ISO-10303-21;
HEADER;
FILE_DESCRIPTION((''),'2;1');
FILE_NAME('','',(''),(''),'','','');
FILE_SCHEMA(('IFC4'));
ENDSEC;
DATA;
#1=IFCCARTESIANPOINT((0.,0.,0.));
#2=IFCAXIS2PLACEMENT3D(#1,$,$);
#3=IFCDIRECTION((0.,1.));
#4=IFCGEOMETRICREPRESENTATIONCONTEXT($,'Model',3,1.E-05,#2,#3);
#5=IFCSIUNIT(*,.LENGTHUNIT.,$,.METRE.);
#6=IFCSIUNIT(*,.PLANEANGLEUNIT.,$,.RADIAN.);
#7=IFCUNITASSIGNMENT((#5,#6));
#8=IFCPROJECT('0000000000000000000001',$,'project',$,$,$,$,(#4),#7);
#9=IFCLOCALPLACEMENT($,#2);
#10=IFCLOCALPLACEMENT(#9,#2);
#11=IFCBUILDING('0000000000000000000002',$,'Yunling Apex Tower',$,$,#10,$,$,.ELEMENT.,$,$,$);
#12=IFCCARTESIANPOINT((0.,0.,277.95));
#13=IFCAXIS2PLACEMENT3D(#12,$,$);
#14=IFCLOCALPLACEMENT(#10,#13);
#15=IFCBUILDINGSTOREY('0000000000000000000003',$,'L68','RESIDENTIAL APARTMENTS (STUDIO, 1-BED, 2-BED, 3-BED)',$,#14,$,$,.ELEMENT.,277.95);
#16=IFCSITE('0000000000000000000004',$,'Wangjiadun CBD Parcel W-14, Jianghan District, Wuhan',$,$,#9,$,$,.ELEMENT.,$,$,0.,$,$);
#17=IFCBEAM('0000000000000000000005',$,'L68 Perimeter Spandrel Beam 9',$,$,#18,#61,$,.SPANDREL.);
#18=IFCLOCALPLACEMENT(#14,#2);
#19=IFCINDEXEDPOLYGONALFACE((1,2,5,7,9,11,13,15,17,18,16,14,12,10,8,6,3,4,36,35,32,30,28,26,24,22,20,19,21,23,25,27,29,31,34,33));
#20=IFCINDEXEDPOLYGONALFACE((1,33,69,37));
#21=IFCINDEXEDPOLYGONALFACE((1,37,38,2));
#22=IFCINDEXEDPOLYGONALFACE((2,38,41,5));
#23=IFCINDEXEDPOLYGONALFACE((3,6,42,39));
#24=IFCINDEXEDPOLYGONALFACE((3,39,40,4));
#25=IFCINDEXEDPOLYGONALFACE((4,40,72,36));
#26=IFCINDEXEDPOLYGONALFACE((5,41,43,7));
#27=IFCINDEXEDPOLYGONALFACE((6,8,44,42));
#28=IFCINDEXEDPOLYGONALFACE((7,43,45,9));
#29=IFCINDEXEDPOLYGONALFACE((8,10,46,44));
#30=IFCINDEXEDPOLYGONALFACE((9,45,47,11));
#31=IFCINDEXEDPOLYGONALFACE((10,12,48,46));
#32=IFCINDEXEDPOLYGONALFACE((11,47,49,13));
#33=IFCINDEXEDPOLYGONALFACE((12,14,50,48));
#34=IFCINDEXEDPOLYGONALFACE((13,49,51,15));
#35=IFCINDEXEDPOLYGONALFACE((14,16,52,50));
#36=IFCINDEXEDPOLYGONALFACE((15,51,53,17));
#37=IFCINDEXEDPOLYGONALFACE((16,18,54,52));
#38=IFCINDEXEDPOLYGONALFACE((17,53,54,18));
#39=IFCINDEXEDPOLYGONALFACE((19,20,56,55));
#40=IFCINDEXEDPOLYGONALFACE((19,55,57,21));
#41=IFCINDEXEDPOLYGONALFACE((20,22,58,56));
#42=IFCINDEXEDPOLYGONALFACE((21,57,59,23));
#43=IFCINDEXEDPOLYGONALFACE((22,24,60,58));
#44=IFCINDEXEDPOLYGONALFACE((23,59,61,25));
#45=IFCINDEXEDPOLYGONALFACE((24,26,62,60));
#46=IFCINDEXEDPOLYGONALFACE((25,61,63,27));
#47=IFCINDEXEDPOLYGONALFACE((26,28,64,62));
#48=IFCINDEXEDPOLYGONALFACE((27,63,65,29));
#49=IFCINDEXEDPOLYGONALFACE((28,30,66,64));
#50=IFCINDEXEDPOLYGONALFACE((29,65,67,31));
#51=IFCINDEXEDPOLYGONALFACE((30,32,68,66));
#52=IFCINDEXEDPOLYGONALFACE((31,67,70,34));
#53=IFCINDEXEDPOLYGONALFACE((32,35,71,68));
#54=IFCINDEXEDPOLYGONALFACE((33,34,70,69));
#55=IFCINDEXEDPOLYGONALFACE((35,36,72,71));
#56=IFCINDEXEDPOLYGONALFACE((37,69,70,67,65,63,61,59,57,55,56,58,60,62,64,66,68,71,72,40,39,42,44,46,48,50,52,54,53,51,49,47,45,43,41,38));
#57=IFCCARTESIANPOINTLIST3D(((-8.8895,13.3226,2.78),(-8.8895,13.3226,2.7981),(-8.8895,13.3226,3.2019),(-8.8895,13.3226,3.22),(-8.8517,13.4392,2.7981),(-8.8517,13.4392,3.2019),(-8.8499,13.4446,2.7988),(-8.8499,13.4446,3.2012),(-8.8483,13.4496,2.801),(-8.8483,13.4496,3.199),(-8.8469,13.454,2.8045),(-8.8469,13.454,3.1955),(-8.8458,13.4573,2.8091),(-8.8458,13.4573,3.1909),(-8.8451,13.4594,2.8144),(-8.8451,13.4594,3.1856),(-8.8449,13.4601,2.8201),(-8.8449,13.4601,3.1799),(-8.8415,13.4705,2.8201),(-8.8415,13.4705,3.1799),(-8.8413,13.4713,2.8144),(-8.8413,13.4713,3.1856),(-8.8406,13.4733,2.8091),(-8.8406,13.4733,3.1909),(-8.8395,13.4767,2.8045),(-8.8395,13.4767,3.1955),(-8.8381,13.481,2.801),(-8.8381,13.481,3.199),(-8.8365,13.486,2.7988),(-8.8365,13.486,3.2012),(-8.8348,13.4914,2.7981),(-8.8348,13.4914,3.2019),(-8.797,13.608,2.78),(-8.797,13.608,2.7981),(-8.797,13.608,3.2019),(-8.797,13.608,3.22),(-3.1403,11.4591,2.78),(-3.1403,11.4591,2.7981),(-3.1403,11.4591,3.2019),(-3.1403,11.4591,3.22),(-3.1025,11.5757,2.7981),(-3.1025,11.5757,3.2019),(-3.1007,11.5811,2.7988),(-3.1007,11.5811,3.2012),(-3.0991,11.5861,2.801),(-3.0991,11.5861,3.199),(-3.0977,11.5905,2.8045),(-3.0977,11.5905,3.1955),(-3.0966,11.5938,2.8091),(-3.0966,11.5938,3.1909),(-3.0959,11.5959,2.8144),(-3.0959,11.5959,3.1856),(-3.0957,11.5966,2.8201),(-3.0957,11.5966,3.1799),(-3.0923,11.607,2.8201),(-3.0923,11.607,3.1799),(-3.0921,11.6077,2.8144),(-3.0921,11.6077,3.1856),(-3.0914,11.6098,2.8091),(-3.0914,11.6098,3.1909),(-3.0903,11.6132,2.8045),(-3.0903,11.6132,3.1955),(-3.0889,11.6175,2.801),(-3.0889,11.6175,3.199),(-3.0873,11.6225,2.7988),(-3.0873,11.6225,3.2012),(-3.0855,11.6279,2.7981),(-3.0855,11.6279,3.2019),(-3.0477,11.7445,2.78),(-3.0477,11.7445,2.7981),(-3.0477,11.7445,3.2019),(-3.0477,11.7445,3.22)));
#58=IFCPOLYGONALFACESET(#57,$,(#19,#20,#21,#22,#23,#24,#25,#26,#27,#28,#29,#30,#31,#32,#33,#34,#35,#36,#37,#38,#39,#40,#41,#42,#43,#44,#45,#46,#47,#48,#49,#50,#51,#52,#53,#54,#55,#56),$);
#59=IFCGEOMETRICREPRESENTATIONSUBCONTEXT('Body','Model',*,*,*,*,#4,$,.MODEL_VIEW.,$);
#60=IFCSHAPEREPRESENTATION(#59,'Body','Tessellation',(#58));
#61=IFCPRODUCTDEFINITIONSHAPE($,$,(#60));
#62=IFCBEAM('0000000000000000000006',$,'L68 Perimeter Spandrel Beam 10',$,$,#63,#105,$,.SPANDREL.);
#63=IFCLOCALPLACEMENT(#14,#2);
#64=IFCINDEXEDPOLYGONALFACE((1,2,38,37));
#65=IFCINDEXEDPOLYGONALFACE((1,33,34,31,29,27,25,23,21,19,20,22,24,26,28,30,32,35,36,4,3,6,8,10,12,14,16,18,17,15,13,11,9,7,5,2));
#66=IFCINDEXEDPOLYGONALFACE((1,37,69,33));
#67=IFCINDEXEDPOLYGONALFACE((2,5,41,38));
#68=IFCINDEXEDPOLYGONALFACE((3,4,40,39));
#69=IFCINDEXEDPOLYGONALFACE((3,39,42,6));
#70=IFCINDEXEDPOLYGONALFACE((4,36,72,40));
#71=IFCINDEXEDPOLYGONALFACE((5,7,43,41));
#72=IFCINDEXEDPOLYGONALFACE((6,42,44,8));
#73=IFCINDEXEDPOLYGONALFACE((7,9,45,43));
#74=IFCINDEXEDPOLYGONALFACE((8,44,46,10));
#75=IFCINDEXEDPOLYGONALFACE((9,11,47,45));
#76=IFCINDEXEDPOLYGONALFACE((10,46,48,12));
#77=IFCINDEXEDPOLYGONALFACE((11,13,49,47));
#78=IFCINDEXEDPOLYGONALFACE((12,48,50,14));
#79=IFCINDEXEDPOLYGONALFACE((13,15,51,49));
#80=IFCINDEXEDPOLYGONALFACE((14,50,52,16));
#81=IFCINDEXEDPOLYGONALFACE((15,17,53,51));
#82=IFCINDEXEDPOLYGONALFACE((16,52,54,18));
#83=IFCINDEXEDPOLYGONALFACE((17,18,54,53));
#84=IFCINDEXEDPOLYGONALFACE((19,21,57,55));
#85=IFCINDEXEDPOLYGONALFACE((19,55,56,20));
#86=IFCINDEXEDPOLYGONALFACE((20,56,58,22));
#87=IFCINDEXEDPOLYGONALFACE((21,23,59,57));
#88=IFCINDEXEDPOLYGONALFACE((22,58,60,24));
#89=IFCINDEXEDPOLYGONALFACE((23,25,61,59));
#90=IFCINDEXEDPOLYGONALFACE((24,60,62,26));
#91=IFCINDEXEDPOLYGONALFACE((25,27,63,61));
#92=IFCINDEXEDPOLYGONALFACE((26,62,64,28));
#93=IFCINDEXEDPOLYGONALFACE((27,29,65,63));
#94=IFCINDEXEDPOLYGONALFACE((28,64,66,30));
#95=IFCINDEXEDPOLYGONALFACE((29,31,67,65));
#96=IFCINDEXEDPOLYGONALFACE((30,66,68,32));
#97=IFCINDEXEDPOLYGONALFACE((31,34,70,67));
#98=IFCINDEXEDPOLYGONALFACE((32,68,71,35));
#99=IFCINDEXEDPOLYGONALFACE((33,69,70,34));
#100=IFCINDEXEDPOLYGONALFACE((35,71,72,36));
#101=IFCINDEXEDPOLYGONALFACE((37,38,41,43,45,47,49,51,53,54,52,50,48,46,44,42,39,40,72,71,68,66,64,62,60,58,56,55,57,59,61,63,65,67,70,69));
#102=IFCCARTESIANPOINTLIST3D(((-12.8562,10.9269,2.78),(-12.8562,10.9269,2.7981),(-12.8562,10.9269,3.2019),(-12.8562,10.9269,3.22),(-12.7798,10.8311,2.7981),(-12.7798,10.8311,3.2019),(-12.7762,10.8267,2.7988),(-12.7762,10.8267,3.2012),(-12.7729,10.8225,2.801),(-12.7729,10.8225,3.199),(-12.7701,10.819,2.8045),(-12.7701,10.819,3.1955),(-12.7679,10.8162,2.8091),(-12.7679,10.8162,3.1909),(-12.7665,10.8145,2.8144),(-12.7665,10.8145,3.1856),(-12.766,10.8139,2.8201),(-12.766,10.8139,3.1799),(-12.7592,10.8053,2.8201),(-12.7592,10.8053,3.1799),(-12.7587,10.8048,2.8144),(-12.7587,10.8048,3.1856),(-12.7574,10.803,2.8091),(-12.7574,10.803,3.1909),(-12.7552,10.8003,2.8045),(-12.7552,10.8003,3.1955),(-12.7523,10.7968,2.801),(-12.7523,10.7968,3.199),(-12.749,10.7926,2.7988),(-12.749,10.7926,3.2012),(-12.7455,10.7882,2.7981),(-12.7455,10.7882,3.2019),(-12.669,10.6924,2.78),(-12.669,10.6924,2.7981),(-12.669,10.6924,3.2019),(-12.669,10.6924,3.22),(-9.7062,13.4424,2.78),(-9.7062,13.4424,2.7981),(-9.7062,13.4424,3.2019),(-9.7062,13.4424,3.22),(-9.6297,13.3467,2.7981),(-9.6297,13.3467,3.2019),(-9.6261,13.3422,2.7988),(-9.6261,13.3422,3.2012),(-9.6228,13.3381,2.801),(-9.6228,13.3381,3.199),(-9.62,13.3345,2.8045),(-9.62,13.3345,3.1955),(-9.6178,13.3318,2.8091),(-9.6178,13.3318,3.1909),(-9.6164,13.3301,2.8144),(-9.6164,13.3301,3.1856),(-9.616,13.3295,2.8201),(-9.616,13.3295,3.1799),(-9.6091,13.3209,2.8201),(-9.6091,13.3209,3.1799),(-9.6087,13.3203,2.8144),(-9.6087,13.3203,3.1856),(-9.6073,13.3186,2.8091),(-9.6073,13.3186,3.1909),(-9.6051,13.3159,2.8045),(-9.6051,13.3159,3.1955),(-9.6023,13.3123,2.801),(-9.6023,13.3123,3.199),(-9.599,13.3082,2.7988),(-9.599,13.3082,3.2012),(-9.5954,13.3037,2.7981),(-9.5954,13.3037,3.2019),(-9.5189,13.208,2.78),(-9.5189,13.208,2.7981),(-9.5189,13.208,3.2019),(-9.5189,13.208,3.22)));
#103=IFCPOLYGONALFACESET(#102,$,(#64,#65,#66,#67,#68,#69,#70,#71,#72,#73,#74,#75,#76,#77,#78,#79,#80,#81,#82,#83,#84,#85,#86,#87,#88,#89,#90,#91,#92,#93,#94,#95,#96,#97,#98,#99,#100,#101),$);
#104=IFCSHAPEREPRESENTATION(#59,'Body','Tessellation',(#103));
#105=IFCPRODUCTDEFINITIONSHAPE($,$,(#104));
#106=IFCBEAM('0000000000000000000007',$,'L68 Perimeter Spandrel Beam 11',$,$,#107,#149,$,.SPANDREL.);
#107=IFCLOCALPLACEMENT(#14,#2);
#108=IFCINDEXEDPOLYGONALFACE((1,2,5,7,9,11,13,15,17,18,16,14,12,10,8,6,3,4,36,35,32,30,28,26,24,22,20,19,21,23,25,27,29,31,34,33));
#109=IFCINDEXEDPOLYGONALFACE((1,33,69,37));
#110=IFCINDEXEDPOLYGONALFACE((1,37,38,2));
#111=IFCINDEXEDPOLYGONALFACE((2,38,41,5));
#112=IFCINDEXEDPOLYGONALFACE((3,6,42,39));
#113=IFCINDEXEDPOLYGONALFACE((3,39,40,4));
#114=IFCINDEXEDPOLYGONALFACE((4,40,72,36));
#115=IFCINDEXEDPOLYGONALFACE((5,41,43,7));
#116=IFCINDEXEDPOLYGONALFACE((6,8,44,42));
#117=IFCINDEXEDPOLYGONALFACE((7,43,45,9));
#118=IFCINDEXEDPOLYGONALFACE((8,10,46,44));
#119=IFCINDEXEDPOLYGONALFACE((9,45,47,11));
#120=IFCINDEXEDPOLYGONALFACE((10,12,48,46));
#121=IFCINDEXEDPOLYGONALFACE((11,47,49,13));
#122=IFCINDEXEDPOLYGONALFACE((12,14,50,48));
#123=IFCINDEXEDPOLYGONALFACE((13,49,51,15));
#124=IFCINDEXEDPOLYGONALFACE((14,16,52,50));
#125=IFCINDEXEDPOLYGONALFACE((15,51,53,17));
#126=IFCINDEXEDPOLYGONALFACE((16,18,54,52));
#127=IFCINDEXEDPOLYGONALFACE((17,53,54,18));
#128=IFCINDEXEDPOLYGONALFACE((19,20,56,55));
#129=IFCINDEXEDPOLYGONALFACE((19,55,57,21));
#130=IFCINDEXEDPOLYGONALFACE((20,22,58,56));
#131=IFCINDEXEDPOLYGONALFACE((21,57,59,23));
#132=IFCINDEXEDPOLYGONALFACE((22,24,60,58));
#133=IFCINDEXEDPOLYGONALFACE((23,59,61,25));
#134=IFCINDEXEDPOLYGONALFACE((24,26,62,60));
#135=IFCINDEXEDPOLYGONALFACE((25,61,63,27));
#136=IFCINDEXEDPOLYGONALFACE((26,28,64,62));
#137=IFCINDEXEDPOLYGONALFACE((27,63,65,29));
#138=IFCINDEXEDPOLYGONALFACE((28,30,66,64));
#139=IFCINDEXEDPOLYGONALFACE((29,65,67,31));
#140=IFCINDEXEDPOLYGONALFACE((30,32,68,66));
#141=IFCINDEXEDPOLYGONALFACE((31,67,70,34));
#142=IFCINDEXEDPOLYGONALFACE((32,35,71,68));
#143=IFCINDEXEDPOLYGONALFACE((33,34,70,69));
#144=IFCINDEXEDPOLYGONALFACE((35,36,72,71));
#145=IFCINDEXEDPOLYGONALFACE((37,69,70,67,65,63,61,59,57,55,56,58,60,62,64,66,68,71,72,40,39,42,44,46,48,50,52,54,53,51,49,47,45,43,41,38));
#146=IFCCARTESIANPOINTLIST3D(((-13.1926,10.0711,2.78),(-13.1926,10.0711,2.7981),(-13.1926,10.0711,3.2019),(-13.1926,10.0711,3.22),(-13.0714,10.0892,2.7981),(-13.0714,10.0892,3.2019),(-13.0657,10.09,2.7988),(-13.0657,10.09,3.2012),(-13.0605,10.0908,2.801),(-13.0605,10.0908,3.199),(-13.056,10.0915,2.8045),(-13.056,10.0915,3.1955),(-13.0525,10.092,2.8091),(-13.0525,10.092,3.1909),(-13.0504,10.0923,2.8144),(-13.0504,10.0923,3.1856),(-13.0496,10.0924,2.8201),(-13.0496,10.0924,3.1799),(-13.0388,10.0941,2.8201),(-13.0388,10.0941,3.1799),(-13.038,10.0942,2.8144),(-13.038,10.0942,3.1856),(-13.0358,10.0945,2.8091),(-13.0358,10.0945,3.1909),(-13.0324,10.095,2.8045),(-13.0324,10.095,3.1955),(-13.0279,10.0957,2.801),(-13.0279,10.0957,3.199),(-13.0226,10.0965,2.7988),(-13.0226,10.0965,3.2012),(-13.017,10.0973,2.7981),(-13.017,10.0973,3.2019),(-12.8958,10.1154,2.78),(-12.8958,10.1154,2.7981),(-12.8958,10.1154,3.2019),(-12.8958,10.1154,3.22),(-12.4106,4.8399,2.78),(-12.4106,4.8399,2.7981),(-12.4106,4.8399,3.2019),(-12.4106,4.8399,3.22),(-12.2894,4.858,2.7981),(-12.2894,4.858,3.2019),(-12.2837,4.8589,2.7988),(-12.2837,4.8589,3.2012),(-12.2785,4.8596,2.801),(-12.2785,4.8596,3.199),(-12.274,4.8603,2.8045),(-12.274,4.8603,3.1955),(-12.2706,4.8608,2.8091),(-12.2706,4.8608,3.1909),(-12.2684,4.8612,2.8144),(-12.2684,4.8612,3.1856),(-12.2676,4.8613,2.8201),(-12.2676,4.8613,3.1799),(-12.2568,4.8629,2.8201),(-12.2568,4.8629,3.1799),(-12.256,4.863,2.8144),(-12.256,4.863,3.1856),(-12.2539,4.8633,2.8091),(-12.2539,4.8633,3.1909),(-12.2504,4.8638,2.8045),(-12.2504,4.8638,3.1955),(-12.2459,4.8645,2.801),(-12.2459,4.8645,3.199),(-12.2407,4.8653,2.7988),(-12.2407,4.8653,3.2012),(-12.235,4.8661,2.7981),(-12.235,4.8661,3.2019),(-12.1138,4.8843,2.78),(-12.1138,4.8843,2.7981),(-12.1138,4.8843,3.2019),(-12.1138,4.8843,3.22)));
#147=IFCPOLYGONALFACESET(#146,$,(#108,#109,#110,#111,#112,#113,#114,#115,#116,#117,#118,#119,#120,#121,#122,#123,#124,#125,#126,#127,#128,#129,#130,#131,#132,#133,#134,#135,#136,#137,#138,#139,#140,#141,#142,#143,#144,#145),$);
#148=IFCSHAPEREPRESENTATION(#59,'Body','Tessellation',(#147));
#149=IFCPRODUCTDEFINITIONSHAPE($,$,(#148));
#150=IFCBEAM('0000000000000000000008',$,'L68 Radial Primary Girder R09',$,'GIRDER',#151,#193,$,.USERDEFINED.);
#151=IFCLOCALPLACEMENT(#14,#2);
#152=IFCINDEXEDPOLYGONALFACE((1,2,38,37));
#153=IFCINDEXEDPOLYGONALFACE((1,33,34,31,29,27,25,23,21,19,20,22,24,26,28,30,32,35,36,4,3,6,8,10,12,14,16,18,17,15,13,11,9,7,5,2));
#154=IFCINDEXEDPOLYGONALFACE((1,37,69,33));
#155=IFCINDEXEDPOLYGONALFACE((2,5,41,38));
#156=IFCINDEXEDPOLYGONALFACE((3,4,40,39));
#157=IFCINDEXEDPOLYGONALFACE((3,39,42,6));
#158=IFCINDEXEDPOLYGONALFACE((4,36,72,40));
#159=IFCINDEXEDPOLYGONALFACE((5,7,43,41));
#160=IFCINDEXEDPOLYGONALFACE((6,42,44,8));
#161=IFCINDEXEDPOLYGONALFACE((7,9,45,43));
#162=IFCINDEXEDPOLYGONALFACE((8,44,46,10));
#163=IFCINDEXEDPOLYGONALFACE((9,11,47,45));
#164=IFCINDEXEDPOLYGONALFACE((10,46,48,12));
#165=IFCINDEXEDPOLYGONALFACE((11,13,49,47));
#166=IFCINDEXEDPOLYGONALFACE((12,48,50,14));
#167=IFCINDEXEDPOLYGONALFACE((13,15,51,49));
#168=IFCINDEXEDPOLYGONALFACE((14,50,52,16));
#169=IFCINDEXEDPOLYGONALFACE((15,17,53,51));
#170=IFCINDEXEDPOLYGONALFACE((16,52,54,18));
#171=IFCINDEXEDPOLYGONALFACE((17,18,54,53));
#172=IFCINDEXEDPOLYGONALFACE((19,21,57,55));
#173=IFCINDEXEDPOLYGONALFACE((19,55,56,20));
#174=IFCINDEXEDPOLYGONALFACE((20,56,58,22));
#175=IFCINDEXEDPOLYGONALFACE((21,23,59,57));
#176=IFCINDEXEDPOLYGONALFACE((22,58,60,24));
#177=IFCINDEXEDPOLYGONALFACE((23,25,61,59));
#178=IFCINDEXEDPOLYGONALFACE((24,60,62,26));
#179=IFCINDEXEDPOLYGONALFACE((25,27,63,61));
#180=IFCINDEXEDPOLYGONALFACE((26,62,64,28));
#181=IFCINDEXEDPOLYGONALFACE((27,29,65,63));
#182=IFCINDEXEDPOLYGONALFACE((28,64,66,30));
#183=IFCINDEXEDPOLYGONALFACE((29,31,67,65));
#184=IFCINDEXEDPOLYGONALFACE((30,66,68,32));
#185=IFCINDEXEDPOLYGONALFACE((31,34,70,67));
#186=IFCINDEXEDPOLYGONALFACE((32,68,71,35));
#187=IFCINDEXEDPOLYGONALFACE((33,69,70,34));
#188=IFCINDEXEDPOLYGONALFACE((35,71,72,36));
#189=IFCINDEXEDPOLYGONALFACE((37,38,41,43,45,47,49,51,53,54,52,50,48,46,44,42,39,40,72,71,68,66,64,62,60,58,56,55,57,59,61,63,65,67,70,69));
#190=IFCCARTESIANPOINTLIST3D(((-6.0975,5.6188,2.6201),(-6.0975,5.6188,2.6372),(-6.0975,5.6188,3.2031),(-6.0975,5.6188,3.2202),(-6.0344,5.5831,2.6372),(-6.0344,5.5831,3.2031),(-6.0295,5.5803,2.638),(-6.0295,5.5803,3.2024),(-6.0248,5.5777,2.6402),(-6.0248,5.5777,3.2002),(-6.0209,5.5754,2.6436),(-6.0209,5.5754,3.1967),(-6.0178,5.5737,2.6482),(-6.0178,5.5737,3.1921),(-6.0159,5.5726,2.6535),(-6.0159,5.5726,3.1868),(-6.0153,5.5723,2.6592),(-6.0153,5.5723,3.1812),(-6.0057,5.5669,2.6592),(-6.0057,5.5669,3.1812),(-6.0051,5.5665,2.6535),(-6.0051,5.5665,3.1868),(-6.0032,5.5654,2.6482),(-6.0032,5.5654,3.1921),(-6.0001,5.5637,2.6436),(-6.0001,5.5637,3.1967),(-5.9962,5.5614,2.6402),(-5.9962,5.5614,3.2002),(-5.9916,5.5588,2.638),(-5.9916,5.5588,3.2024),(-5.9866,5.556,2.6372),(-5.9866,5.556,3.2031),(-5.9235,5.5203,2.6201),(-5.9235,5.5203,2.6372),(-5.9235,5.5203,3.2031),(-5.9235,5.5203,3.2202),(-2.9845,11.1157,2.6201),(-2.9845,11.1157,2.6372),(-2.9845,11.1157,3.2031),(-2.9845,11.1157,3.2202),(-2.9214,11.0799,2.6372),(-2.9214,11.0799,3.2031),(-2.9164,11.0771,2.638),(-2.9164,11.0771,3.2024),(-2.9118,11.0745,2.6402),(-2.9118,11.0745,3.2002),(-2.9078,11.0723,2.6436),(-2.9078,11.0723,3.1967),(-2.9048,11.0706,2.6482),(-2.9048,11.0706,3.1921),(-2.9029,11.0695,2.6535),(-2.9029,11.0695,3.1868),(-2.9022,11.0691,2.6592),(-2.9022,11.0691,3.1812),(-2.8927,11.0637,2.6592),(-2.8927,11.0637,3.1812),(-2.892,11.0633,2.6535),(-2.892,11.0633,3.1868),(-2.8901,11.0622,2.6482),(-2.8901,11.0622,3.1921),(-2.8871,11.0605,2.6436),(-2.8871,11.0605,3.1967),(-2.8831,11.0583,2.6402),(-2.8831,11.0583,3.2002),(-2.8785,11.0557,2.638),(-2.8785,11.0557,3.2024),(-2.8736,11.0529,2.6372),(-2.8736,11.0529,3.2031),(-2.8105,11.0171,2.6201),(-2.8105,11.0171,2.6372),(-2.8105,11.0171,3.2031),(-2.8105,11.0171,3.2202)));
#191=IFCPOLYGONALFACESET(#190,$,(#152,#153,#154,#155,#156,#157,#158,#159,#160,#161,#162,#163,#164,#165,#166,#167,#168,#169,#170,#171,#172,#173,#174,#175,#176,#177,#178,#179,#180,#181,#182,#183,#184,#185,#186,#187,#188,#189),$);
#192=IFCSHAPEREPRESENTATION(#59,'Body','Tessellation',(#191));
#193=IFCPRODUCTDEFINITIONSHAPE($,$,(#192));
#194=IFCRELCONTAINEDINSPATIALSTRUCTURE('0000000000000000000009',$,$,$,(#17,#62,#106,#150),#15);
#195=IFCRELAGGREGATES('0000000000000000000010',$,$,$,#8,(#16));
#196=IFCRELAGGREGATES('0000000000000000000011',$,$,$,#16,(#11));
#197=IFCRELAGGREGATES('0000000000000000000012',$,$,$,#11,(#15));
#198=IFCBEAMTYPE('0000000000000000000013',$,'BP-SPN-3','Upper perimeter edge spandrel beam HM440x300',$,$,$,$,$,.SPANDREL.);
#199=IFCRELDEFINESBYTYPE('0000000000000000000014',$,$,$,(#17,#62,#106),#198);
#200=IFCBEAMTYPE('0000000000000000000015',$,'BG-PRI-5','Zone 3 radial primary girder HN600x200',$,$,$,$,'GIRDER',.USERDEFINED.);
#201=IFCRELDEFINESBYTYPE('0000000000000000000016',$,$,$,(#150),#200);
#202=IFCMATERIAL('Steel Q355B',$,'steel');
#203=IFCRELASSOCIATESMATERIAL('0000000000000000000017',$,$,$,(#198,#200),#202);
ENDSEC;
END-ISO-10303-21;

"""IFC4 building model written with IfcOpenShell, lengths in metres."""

from ifc_helpers import new_model, si_unit, direction, frame, origin, origin_2d, place, context, subcontext, project, spatial, i_section, extrude, source, transform, mapped, material, material_profile, profile_set, type_object, element, save


model = new_model("IFC4")

# Units and contexts
model_context = context("Model", 3, precision=1e-05, world=origin(), true_north=direction((0.0, 1.0)))
body_context = subcontext(model_context, "Body", "Model", "MODEL_VIEW")
ifc_project = project(units=[si_unit("LENGTHUNIT", "METRE"), si_unit("PLANEANGLEUNIT", "RADIAN")], contexts=[model_context])

# Site, building, storey
site_placement = place(None, origin())
site = spatial("IfcSite", under=ifc_project, at=site_placement, Name="Wangjiadun CBD Parcel W-14, Jianghan District, Wuhan", CompositionType="ELEMENT", RefElevation=0.0)
building_placement = place(site_placement, origin())
building = spatial("IfcBuilding", under=site, at=building_placement, Name="Yunling Apex Tower", CompositionType="ELEMENT")
storey_placement = place(building_placement, frame((0.0, 0.0, 277.95)))
storey = spatial("IfcBuildingStorey", under=building, at=storey_placement, Name="L68", Description="RESIDENTIAL APARTMENTS (STUDIO, 1-BED, 2-BED, 3-BED)", CompositionType="ELEMENT", Elevation=277.95)

# Shared definitions
ifc_material_1 = material(Name="Steel Q355B", Category="steel")

# Beams
ifc_material_profile_1 = material_profile(ifc_material_1, i_section(OverallWidth=0.3, OverallDepth=0.4399, WebThickness=0.011, FlangeThickness=0.0181, FilletRadius=0.022, at=origin_2d()))
ifc_profile_set_1 = profile_set([ifc_material_profile_1], Name="Steel Q355B")
beam_type_1 = type_object("IfcBeamType", Name="BP-SPN-3", Description="Upper perimeter edge spandrel beam HM440x300", PredefinedType="SPANDREL", material=ifc_profile_set_1)
shared_shape_1 = source(origin(), body_context, "Body", "SweptSolid", [
    extrude(i_section(OverallWidth=0.3, OverallDepth=0.4399, WebThickness=0.011, FlangeThickness=0.0181, FilletRadius=0.022, at=origin_2d()), origin(), (0.0, 0.0, 1.0), 6.0437),
])
beam_1_placement = place(storey_placement, frame((-3.094, 11.6018, 3.0), z_axis=(-0.951276, 0.30834, 0.0), x_axis=(-0.30834, -0.951276, 0.0)))
element("IfcBeam", 1, at=beam_1_placement, inside=storey, type_object=beam_type_1, Name="L68 Perimeter Spandrel Beam 9", PredefinedType="SPANDREL", context=body_context, shape_type="MappedRepresentation", body=[
    mapped(shared_shape_1, transform((0.0, 0.0, 0.0), scale=1.0)),
])
shared_shape_2 = source(origin(), body_context, "Body", "SweptSolid", [
    extrude(i_section(OverallWidth=0.3, OverallDepth=0.4399, WebThickness=0.011, FlangeThickness=0.0181, FilletRadius=0.022, at=origin_2d()), origin(), (0.0, 0.0, 1.0), 4.0312),
])
beam_2_placement = place(storey_placement, frame((-9.6125, 13.3252, 3.0), z_axis=(-0.781412, -0.624015, 0.0), x_axis=(0.624015, -0.781412, 0.0)))
element("IfcBeam", 2, at=beam_2_placement, inside=storey, type_object=beam_type_1, Name="L68 Perimeter Spandrel Beam 10", PredefinedType="SPANDREL", context=body_context, shape_type="MappedRepresentation", body=[
    mapped(shared_shape_2, transform((0.0, 0.0, 0.0), scale=1.0)),
])
shared_shape_3 = source(origin(), body_context, "Body", "SweptSolid", [
    extrude(i_section(OverallWidth=0.3, OverallDepth=0.4399, WebThickness=0.011, FlangeThickness=0.0181, FilletRadius=0.022, at=origin_2d()), origin(), (0.0, 0.0, 1.0), 5.2893),
])
beam_3_placement = place(storey_placement, frame((-13.0442, 10.0933, 3.0), z_axis=(0.147842, -0.989011, 0.0), x_axis=(0.989011, 0.147842, 0.0)))
element("IfcBeam", 3, at=beam_3_placement, inside=storey, type_object=beam_type_1, Name="L68 Perimeter Spandrel Beam 11", PredefinedType="SPANDREL", context=body_context, shape_type="MappedRepresentation", body=[
    mapped(shared_shape_3, transform((0.0, 0.0, 0.0), scale=1.0)),
])
ifc_material_profile_2 = material_profile(ifc_material_1, i_section(OverallWidth=0.2, OverallDepth=0.6001, WebThickness=0.011, FlangeThickness=0.0171, FilletRadius=0.022, at=origin_2d()))
ifc_profile_set_2 = profile_set([ifc_material_profile_2], Name="Steel Q355B")
beam_type_2 = type_object("IfcBeamType", Name="BG-PRI-5", Description="Zone 3 radial primary girder HN600x200", ElementType="GIRDER", PredefinedType="USERDEFINED", material=ifc_profile_set_2)
shared_shape_4 = source(origin(), body_context, "Body", "SweptSolid", [
    extrude(i_section(OverallWidth=0.2, OverallDepth=0.6001, WebThickness=0.011, FlangeThickness=0.0171, FilletRadius=0.022, at=origin_2d()), origin(), (0.0, 0.0, 1.0), 6.3171),
])
beam_4_placement = place(storey_placement, frame((-2.8975, 11.0664, 2.9202), z_axis=(-0.492793, -0.870146, 0.0), x_axis=(0.870146, -0.492793, 0.0)))
element("IfcBeam", 4, at=beam_4_placement, inside=storey, type_object=beam_type_2, Name="L68 Radial Primary Girder R09", ObjectType="GIRDER", PredefinedType="USERDEFINED", context=body_context, shape_type="MappedRepresentation", body=[
    mapped(shared_shape_4, transform((0.0, 0.0, 0.0), scale=1.0)),
])

save(model, "model.ifc")
